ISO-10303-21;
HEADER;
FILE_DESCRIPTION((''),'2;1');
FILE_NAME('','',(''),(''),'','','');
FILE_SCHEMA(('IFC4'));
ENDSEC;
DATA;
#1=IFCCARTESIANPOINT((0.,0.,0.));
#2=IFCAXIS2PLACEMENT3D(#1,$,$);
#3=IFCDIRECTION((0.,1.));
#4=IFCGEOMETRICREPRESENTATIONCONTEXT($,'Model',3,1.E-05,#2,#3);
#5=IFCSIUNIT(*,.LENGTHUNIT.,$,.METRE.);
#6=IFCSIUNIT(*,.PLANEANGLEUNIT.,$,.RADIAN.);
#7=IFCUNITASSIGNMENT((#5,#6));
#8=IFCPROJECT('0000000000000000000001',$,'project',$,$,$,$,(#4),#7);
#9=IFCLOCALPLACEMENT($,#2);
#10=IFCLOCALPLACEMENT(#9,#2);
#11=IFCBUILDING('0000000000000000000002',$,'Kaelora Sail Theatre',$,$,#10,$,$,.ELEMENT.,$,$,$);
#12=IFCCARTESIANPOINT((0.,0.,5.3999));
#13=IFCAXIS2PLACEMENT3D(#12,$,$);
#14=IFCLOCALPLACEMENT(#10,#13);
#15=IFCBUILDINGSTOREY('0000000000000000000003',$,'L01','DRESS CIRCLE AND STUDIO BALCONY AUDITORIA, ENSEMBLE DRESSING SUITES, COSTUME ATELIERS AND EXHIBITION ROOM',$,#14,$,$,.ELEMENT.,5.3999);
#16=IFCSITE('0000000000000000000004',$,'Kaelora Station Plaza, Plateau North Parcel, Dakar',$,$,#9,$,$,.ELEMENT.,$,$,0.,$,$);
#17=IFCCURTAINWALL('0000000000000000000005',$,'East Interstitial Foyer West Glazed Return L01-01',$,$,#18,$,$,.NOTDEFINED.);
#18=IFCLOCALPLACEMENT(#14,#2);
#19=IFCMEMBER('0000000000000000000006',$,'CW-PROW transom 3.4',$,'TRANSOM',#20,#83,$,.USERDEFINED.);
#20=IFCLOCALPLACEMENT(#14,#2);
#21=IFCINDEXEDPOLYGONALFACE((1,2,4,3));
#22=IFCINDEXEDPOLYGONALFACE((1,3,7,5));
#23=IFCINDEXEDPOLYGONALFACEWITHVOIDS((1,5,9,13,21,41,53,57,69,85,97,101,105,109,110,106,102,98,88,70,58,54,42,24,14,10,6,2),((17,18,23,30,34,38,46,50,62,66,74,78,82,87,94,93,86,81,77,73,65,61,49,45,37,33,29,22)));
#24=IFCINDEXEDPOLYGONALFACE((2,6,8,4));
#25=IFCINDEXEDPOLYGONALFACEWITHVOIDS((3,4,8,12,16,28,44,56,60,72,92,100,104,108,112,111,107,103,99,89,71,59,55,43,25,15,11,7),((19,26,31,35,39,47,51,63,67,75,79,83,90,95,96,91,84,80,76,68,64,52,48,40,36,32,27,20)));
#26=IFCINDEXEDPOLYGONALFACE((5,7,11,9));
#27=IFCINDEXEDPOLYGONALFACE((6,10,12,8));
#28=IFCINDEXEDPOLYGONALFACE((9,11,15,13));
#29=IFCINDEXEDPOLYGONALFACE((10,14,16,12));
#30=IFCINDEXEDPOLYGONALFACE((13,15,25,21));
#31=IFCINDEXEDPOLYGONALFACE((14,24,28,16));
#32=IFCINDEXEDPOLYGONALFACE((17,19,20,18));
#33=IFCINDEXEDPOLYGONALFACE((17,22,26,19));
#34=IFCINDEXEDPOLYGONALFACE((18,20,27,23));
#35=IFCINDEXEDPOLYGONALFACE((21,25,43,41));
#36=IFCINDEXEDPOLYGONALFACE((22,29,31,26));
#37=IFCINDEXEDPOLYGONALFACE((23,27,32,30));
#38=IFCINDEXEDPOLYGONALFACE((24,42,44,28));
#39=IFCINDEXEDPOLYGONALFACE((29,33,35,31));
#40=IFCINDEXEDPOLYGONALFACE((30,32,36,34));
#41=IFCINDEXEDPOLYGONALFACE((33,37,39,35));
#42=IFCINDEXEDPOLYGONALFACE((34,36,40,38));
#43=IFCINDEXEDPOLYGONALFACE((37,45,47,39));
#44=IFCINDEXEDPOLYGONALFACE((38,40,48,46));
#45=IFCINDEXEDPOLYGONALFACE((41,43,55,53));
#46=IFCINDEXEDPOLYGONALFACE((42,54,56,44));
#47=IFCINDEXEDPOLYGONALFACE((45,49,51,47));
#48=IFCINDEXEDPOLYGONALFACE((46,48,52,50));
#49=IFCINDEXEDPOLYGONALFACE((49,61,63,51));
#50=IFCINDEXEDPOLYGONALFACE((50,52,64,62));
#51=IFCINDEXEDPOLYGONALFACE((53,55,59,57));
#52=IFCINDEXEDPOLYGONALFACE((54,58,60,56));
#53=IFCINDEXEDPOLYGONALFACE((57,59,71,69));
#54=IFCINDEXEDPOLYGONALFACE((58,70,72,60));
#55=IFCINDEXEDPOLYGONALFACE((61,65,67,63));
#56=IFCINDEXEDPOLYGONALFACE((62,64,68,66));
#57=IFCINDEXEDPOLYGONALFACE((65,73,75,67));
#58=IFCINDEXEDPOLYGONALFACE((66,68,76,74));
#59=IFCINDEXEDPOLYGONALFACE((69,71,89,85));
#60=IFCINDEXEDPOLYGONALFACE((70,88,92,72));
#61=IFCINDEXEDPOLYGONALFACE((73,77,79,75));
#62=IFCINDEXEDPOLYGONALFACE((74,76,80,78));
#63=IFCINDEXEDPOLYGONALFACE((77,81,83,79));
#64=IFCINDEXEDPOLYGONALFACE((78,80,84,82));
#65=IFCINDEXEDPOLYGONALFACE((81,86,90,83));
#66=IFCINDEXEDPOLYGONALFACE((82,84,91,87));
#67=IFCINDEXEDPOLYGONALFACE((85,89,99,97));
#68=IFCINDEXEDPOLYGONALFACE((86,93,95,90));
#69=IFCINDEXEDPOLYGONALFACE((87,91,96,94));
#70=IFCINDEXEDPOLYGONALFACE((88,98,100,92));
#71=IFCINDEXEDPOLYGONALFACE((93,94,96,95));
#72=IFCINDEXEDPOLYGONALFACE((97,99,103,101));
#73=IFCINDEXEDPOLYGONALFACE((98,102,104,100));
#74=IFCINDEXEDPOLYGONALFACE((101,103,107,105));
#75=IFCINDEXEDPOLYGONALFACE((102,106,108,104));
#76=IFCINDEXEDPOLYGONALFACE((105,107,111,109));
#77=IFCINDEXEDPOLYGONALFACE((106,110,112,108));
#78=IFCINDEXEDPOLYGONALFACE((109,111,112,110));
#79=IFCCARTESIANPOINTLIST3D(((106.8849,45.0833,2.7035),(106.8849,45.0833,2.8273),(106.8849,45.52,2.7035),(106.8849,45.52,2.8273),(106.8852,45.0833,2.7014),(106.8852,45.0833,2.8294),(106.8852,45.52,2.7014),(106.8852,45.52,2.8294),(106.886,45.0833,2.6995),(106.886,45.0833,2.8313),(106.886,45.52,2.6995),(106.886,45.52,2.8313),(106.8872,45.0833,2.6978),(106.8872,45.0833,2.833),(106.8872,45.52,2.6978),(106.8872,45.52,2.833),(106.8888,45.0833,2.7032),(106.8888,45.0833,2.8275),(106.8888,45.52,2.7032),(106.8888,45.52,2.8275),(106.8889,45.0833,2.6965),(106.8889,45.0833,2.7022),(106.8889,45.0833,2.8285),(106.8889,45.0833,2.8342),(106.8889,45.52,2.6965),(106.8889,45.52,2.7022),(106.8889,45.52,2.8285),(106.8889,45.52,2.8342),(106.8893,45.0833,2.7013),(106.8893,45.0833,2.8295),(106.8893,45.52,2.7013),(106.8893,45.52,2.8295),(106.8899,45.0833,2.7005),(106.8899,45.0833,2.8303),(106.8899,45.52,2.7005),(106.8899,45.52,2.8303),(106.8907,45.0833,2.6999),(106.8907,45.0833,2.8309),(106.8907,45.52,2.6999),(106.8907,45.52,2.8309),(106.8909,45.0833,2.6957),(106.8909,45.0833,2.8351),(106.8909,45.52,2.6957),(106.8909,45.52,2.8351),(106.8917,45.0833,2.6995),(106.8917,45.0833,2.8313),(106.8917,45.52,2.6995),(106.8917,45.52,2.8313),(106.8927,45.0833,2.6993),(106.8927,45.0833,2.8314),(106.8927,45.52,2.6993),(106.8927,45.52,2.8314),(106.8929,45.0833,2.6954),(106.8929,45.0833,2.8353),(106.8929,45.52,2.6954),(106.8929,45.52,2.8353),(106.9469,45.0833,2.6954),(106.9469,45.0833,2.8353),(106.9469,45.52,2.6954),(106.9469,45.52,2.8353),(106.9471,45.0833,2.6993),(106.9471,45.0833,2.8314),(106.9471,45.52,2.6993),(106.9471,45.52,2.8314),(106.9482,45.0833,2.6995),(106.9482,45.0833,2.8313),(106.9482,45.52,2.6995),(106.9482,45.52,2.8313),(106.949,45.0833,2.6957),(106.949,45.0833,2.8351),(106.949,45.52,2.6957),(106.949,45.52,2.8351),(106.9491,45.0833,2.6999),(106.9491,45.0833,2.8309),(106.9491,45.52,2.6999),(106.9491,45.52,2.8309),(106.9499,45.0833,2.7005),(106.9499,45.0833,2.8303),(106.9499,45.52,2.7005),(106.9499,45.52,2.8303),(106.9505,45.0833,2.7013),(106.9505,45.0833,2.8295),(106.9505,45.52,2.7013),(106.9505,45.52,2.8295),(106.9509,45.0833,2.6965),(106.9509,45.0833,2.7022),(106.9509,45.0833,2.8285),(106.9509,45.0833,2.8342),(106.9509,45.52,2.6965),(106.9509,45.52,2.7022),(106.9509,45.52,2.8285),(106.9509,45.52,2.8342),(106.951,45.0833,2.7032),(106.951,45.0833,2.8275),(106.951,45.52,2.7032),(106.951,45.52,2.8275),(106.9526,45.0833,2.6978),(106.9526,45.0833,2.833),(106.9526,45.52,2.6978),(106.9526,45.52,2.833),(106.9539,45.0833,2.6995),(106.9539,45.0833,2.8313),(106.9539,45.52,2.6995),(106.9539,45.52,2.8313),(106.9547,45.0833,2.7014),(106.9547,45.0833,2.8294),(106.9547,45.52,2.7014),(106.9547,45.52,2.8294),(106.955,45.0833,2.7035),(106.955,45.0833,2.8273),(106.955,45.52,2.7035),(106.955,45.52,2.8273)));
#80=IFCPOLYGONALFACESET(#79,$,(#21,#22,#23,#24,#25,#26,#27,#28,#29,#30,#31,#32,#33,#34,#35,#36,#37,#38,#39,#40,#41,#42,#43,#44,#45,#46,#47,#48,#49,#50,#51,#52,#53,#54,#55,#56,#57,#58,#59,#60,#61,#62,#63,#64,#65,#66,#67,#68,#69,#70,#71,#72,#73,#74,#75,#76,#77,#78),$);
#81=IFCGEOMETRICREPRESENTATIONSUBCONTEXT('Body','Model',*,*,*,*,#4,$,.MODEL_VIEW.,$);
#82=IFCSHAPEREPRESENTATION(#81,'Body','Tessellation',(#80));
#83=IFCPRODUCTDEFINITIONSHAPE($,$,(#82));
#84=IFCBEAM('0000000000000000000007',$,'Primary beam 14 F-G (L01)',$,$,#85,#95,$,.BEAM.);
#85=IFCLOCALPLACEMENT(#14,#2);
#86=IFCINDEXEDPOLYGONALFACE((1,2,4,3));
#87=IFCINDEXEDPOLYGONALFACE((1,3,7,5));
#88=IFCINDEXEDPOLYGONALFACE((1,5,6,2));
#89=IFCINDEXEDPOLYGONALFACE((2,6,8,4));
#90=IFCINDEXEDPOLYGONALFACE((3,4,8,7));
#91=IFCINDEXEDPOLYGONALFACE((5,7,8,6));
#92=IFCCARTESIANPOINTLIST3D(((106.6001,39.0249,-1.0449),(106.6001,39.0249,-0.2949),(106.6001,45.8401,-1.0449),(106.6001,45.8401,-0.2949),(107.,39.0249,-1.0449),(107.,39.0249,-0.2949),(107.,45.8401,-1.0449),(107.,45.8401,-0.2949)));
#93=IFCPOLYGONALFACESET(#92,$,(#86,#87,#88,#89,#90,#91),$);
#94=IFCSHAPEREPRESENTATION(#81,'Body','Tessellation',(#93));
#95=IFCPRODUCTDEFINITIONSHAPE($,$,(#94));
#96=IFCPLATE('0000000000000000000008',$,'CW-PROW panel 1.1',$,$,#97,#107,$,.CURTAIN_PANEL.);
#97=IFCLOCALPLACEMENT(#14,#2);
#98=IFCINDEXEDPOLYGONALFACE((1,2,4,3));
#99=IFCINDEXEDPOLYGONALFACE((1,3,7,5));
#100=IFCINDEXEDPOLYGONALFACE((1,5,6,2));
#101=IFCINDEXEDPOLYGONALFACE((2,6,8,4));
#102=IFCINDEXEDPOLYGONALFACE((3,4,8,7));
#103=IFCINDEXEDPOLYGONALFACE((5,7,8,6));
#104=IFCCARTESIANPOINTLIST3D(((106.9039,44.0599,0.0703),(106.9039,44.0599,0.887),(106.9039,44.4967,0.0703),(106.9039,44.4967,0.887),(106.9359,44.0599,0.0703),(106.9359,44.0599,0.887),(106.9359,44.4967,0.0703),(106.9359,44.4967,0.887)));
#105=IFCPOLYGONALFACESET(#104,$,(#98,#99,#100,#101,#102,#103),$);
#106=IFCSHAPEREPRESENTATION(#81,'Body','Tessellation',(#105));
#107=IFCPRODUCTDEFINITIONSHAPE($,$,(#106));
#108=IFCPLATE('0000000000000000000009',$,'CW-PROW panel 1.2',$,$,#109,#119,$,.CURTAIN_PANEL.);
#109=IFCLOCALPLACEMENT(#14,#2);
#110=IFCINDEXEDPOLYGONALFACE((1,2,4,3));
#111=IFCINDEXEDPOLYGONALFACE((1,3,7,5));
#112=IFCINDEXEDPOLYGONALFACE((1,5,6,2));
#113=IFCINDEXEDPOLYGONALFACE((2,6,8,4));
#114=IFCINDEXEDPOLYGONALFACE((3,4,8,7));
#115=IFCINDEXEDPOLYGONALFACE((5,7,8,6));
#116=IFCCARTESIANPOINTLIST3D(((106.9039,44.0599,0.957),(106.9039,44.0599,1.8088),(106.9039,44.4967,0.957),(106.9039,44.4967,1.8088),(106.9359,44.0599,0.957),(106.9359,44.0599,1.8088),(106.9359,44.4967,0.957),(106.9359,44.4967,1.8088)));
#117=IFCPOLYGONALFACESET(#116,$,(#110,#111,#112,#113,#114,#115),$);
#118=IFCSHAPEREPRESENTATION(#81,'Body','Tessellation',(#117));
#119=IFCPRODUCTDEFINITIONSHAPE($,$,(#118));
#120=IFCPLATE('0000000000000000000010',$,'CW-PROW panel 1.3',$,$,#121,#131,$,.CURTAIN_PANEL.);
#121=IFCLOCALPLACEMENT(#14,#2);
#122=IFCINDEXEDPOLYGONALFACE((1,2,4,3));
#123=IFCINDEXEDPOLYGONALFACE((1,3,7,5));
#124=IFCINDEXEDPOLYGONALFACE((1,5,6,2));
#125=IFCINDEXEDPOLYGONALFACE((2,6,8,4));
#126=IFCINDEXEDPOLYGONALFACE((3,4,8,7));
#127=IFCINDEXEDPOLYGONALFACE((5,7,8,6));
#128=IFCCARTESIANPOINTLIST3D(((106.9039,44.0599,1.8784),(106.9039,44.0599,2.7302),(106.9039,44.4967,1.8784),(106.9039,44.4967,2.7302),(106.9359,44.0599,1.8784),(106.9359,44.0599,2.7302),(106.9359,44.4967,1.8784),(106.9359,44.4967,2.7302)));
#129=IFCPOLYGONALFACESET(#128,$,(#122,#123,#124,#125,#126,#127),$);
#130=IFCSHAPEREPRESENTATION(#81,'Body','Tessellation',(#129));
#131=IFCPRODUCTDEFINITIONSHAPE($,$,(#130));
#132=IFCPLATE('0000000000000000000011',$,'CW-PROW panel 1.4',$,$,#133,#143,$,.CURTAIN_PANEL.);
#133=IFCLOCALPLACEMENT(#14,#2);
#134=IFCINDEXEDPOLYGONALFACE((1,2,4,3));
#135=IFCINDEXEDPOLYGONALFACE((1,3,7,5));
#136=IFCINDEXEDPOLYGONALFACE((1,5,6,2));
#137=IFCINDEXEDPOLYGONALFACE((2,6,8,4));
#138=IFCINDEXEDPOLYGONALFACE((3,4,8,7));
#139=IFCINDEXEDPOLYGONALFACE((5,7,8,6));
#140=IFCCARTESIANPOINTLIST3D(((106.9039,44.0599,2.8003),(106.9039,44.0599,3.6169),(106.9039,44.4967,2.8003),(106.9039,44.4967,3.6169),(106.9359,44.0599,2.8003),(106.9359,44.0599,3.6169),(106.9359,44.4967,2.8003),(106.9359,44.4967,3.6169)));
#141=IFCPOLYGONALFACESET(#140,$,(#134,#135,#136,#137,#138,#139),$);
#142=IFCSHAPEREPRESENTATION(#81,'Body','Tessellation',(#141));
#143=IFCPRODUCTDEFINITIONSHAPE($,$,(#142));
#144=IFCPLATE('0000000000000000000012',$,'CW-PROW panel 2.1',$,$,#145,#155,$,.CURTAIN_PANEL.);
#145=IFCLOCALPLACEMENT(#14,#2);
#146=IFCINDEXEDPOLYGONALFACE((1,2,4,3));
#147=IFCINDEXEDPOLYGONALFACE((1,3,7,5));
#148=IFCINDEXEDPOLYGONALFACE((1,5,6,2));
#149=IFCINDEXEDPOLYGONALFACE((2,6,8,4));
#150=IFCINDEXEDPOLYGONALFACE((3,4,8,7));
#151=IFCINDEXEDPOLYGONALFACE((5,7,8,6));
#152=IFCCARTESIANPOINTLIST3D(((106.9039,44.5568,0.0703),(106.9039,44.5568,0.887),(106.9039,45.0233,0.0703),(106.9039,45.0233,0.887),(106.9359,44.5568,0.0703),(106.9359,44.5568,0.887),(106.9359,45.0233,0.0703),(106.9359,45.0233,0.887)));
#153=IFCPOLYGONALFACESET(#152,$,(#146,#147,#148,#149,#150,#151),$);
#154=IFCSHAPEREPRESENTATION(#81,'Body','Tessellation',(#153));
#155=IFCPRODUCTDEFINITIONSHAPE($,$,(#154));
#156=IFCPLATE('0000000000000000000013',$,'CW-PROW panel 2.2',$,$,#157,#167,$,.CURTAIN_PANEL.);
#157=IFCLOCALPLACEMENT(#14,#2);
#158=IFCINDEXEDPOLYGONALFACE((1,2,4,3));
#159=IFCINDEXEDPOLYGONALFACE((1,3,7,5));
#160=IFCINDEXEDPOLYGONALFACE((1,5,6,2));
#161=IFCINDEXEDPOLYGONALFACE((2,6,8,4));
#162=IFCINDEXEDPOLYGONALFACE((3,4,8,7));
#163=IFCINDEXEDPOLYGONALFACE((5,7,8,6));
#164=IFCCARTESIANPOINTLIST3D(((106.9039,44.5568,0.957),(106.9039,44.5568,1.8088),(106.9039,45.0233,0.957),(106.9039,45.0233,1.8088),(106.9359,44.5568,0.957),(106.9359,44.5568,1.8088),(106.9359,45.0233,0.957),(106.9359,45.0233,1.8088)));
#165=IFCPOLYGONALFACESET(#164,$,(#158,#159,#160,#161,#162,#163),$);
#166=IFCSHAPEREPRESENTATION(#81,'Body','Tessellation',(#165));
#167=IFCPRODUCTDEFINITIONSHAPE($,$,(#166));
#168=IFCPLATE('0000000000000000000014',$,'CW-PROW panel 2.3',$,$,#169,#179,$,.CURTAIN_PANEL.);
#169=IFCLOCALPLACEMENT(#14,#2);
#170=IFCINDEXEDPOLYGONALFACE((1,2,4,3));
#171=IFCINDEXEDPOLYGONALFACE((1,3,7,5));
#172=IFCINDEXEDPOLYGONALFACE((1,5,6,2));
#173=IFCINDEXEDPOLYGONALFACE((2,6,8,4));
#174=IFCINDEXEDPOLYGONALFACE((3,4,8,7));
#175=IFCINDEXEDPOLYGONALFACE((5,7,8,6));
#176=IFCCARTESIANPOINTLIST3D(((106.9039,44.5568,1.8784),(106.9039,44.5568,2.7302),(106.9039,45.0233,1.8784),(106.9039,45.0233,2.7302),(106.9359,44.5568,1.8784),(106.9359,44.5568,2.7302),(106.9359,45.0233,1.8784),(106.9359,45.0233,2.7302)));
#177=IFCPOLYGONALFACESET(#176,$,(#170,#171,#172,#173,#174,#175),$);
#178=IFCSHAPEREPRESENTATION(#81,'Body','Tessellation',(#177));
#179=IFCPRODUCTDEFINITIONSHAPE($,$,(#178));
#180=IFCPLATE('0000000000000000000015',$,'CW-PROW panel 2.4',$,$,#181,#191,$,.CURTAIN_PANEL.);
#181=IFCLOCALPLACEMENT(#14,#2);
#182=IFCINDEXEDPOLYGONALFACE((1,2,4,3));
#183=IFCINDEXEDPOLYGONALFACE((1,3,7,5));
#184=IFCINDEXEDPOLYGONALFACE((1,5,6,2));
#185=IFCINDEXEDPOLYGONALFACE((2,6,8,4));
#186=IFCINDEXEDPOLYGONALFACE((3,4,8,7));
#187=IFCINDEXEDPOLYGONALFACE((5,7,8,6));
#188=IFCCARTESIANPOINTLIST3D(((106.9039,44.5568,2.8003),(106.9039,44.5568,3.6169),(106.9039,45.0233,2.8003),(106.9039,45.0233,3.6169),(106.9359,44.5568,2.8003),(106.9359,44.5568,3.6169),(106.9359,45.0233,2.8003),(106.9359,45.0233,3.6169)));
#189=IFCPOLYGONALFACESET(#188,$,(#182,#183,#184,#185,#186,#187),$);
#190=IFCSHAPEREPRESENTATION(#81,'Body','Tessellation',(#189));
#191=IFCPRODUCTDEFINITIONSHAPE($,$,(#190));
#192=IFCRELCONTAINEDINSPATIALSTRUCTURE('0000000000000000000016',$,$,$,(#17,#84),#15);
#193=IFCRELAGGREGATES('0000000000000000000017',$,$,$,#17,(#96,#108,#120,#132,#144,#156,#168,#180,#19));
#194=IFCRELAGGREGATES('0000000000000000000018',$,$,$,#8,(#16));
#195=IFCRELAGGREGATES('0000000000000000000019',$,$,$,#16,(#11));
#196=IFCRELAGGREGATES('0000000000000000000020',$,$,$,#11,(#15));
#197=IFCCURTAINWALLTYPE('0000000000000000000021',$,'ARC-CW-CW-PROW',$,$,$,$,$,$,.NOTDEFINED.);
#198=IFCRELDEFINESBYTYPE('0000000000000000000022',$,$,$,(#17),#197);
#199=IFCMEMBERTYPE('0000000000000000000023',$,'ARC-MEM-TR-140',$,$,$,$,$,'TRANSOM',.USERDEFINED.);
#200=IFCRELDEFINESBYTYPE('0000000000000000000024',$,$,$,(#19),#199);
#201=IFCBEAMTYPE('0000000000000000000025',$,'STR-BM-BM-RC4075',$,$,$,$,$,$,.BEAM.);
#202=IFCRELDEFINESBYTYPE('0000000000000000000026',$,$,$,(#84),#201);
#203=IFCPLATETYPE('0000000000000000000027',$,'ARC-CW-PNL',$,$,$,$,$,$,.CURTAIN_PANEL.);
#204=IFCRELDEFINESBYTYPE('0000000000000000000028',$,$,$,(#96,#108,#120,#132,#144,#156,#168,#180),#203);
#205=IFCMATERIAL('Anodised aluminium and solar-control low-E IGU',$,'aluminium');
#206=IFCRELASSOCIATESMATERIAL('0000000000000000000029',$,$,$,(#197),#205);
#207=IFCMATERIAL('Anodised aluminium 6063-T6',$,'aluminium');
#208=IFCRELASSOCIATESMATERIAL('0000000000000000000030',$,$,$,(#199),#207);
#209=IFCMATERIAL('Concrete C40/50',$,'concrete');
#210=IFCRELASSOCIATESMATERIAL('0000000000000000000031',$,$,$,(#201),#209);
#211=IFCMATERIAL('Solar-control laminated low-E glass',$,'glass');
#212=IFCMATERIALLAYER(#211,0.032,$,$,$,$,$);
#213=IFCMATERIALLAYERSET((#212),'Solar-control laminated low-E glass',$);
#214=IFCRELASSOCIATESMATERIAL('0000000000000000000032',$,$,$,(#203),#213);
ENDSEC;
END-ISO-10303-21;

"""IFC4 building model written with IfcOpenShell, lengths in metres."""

from ifc_helpers import new_model, si_unit, direction, frame, origin, origin_2d, place, context, subcontext, project, spatial, rectangle, hollow_rectangle, extrude, material, layer, layer_set, material_profile, profile_set, type_object, element, aggregate, save


model = new_model("IFC4")

# Units and contexts
model_context = context("Model", 3, precision=1e-05, world=origin(), true_north=direction((0.0, 1.0)))
body_context = subcontext(model_context, "Body", "Model", "MODEL_VIEW")
ifc_project = project(units=[si_unit("LENGTHUNIT", "METRE"), si_unit("PLANEANGLEUNIT", "RADIAN")], contexts=[model_context])

# Site, building, storey
site_placement = place(None, origin())
site = spatial("IfcSite", under=ifc_project, at=site_placement, Name="Kaelora Station Plaza, Plateau North Parcel, Dakar", CompositionType="ELEMENT", RefElevation=0.0)
building_placement = place(site_placement, origin())
building = spatial("IfcBuilding", under=site, at=building_placement, Name="Kaelora Sail Theatre", CompositionType="ELEMENT")
storey_placement = place(building_placement, frame((0.0, 0.0, 5.3999)))
storey = spatial("IfcBuildingStorey", under=building, at=storey_placement, Name="L01", Description="DRESS CIRCLE AND STUDIO BALCONY AUDITORIA, ENSEMBLE DRESSING SUITES, COSTUME ATELIERS AND EXHIBITION ROOM", CompositionType="ELEMENT", Elevation=5.3999)

# Curtain wall, member
ifc_material_1 = material(Name="Anodised aluminium and solar-control low-E IGU", Category="aluminium")
curtain_wall_type = type_object("IfcCurtainWallType", Name="ARC-CW-CW-PROW", PredefinedType="NOTDEFINED", material=ifc_material_1)
curtain_wall_placement = place(storey_placement, origin())
curtain_wall = element("IfcCurtainWall", 1, at=curtain_wall_placement, inside=storey, type_object=curtain_wall_type, Name="East Interstitial Foyer West Glazed Return L01-01", PredefinedType="NOTDEFINED")
ifc_material_2 = material(Name="Anodised aluminium 6063-T6", Category="aluminium")
ifc_material_profile_1 = material_profile(ifc_material_2, hollow_rectangle(XDim=0.0701, YDim=0.1399, WallThickness=0.0039, InnerFilletRadius=0.0039, OuterFilletRadius=0.0081, at=origin_2d()), Name="ALU-TRAN 70x140x4")
ifc_profile_set_1 = profile_set([ifc_material_profile_1], Name="Anodised aluminium 6063-T6")
member_type_1 = type_object("IfcMemberType", Name="ARC-MEM-TR-140", ElementType="TRANSOM", PredefinedType="USERDEFINED", material=ifc_profile_set_1)
member_1_placement = place(storey_placement, frame((106.9199, 45.0833, 2.7654), z_axis=(0.0, 1.0, 0.0), x_axis=(-1.0, 0.0, 0.0)))
member_1 = element("IfcMember", 2, at=member_1_placement, type_object=member_type_1, Name="CW-PROW transom 3.4", ObjectType="TRANSOM", PredefinedType="USERDEFINED", context=body_context, shape_type="SweptSolid", body=[
    extrude(hollow_rectangle(XDim=0.0701, YDim=0.1399, WallThickness=0.0039, InnerFilletRadius=0.0039, OuterFilletRadius=0.0081, at=origin_2d()), origin(), (0.0, 0.0, 1.0), 0.4368),
])

# Beam
ifc_material_3 = material(Name="Concrete C40/50", Category="concrete")
ifc_material_profile_2 = material_profile(ifc_material_3, rectangle(XDim=0.3999, YDim=0.75, at=origin_2d()), Name="RC-BM 400x750")
ifc_profile_set_2 = profile_set([ifc_material_profile_2], Name="Concrete C40/50")
beam_type = type_object("IfcBeamType", Name="STR-BM-BM-RC4075", PredefinedType="BEAM", material=ifc_profile_set_2)
beam_placement = place(storey_placement, frame((106.8, 39.0249, -0.6699), z_axis=(0.0, 1.0, 0.0), x_axis=(-1.0, 0.0, 0.0)))
element("IfcBeam", 3, at=beam_placement, inside=storey, type_object=beam_type, Name="Primary beam 14 F-G (L01)", PredefinedType="BEAM", context=body_context, shape_type="SweptSolid", body=[
    extrude(rectangle(XDim=0.3999, YDim=0.75, at=origin_2d()), origin(), (0.0, 0.0, 1.0), 6.8152),
])

# Plates
ifc_material_4 = material(Name="Solar-control laminated low-E glass", Category="glass")
ifc_layer = layer(ifc_material_4, 0.032)
ifc_layer_set = layer_set([ifc_layer], Name="Solar-control laminated low-E glass")
plate_type = type_object("IfcPlateType", Name="ARC-CW-PNL", PredefinedType="CURTAIN_PANEL", material=ifc_layer_set)
plate_1_placement = place(storey_placement, frame((106.9199, 44.2783, 0.0703), z_axis=(0.0, 0.0, 1.0), x_axis=(0.0, 1.0, 0.0)))
plate_1 = element("IfcPlate", 4, at=plate_1_placement, type_object=plate_type, Name="CW-PROW panel 1.1", PredefinedType="CURTAIN_PANEL", context=body_context, shape_type="SweptSolid", body=[
    extrude(rectangle(XDim=0.4368, YDim=0.032, at=origin_2d()), origin(), (0.0, 0.0, 1.0), 0.8167),
])
plate_2_placement = place(storey_placement, frame((106.9199, 44.2783, 0.957), z_axis=(0.0, 0.0, 1.0), x_axis=(0.0, 1.0, 0.0)))
plate_2 = element("IfcPlate", 5, at=plate_2_placement, type_object=plate_type, Name="CW-PROW panel 1.2", PredefinedType="CURTAIN_PANEL", context=body_context, shape_type="SweptSolid", body=[
    extrude(rectangle(XDim=0.4368, YDim=0.032, at=origin_2d()), origin(), (0.0, 0.0, 1.0), 0.8518),
])
plate_3_placement = place(storey_placement, frame((106.9199, 44.2783, 1.8784), z_axis=(0.0, 0.0, 1.0), x_axis=(0.0, 1.0, 0.0)))
plate_3 = element("IfcPlate", 6, at=plate_3_placement, type_object=plate_type, Name="CW-PROW panel 1.3", PredefinedType="CURTAIN_PANEL", context=body_context, shape_type="SweptSolid", body=[
    extrude(rectangle(XDim=0.4368, YDim=0.032, at=origin_2d()), origin(), (0.0, 0.0, 1.0), 0.8518),
])
plate_4_placement = place(storey_placement, frame((106.9199, 44.2783, 2.8003), z_axis=(0.0, 0.0, 1.0), x_axis=(0.0, 1.0, 0.0)))
plate_4 = element("IfcPlate", 7, at=plate_4_placement, type_object=plate_type, Name="CW-PROW panel 1.4", PredefinedType="CURTAIN_PANEL", context=body_context, shape_type="SweptSolid", body=[
    extrude(rectangle(XDim=0.4368, YDim=0.032, at=origin_2d()), origin(), (0.0, 0.0, 1.0), 0.8167),
])
plate_5_placement = place(storey_placement, frame((106.9199, 44.79, 0.0703), z_axis=(0.0, 0.0, 1.0), x_axis=(0.0, 1.0, 0.0)))
plate_5 = element("IfcPlate", 8, at=plate_5_placement, type_object=plate_type, Name="CW-PROW panel 2.1", PredefinedType="CURTAIN_PANEL", context=body_context, shape_type="SweptSolid", body=[
    extrude(rectangle(XDim=0.4666, YDim=0.032, at=origin_2d()), origin(), (0.0, 0.0, 1.0), 0.8167),
])
plate_6_placement = place(storey_placement, frame((106.9199, 44.79, 0.957), z_axis=(0.0, 0.0, 1.0), x_axis=(0.0, 1.0, 0.0)))
plate_6 = element("IfcPlate", 9, at=plate_6_placement, type_object=plate_type, Name="CW-PROW panel 2.2", PredefinedType="CURTAIN_PANEL", context=body_context, shape_type="SweptSolid", body=[
    extrude(rectangle(XDim=0.4666, YDim=0.032, at=origin_2d()), origin(), (0.0, 0.0, 1.0), 0.8518),
])
plate_7_placement = place(storey_placement, frame((106.9199, 44.79, 1.8784), z_axis=(0.0, 0.0, 1.0), x_axis=(0.0, 1.0, 0.0)))
plate_7 = element("IfcPlate", 10, at=plate_7_placement, type_object=plate_type, Name="CW-PROW panel 2.3", PredefinedType="CURTAIN_PANEL", context=body_context, shape_type="SweptSolid", body=[
    extrude(rectangle(XDim=0.4666, YDim=0.032, at=origin_2d()), origin(), (0.0, 0.0, 1.0), 0.8518),
])
plate_8_placement = place(storey_placement, frame((106.9199, 44.79, 2.8003), z_axis=(0.0, 0.0, 1.0), x_axis=(0.0, 1.0, 0.0)))
plate_8 = element("IfcPlate", 11, at=plate_8_placement, type_object=plate_type, Name="CW-PROW panel 2.4", PredefinedType="CURTAIN_PANEL", context=body_context, shape_type="SweptSolid", body=[
    extrude(rectangle(XDim=0.4666, YDim=0.032, at=origin_2d()), origin(), (0.0, 0.0, 1.0), 0.8167),
])
aggregate(curtain_wall, [plate_1, plate_2, plate_3, plate_4, plate_5, plate_6, plate_7, plate_8, member_1])

save(model, "model.ifc")
